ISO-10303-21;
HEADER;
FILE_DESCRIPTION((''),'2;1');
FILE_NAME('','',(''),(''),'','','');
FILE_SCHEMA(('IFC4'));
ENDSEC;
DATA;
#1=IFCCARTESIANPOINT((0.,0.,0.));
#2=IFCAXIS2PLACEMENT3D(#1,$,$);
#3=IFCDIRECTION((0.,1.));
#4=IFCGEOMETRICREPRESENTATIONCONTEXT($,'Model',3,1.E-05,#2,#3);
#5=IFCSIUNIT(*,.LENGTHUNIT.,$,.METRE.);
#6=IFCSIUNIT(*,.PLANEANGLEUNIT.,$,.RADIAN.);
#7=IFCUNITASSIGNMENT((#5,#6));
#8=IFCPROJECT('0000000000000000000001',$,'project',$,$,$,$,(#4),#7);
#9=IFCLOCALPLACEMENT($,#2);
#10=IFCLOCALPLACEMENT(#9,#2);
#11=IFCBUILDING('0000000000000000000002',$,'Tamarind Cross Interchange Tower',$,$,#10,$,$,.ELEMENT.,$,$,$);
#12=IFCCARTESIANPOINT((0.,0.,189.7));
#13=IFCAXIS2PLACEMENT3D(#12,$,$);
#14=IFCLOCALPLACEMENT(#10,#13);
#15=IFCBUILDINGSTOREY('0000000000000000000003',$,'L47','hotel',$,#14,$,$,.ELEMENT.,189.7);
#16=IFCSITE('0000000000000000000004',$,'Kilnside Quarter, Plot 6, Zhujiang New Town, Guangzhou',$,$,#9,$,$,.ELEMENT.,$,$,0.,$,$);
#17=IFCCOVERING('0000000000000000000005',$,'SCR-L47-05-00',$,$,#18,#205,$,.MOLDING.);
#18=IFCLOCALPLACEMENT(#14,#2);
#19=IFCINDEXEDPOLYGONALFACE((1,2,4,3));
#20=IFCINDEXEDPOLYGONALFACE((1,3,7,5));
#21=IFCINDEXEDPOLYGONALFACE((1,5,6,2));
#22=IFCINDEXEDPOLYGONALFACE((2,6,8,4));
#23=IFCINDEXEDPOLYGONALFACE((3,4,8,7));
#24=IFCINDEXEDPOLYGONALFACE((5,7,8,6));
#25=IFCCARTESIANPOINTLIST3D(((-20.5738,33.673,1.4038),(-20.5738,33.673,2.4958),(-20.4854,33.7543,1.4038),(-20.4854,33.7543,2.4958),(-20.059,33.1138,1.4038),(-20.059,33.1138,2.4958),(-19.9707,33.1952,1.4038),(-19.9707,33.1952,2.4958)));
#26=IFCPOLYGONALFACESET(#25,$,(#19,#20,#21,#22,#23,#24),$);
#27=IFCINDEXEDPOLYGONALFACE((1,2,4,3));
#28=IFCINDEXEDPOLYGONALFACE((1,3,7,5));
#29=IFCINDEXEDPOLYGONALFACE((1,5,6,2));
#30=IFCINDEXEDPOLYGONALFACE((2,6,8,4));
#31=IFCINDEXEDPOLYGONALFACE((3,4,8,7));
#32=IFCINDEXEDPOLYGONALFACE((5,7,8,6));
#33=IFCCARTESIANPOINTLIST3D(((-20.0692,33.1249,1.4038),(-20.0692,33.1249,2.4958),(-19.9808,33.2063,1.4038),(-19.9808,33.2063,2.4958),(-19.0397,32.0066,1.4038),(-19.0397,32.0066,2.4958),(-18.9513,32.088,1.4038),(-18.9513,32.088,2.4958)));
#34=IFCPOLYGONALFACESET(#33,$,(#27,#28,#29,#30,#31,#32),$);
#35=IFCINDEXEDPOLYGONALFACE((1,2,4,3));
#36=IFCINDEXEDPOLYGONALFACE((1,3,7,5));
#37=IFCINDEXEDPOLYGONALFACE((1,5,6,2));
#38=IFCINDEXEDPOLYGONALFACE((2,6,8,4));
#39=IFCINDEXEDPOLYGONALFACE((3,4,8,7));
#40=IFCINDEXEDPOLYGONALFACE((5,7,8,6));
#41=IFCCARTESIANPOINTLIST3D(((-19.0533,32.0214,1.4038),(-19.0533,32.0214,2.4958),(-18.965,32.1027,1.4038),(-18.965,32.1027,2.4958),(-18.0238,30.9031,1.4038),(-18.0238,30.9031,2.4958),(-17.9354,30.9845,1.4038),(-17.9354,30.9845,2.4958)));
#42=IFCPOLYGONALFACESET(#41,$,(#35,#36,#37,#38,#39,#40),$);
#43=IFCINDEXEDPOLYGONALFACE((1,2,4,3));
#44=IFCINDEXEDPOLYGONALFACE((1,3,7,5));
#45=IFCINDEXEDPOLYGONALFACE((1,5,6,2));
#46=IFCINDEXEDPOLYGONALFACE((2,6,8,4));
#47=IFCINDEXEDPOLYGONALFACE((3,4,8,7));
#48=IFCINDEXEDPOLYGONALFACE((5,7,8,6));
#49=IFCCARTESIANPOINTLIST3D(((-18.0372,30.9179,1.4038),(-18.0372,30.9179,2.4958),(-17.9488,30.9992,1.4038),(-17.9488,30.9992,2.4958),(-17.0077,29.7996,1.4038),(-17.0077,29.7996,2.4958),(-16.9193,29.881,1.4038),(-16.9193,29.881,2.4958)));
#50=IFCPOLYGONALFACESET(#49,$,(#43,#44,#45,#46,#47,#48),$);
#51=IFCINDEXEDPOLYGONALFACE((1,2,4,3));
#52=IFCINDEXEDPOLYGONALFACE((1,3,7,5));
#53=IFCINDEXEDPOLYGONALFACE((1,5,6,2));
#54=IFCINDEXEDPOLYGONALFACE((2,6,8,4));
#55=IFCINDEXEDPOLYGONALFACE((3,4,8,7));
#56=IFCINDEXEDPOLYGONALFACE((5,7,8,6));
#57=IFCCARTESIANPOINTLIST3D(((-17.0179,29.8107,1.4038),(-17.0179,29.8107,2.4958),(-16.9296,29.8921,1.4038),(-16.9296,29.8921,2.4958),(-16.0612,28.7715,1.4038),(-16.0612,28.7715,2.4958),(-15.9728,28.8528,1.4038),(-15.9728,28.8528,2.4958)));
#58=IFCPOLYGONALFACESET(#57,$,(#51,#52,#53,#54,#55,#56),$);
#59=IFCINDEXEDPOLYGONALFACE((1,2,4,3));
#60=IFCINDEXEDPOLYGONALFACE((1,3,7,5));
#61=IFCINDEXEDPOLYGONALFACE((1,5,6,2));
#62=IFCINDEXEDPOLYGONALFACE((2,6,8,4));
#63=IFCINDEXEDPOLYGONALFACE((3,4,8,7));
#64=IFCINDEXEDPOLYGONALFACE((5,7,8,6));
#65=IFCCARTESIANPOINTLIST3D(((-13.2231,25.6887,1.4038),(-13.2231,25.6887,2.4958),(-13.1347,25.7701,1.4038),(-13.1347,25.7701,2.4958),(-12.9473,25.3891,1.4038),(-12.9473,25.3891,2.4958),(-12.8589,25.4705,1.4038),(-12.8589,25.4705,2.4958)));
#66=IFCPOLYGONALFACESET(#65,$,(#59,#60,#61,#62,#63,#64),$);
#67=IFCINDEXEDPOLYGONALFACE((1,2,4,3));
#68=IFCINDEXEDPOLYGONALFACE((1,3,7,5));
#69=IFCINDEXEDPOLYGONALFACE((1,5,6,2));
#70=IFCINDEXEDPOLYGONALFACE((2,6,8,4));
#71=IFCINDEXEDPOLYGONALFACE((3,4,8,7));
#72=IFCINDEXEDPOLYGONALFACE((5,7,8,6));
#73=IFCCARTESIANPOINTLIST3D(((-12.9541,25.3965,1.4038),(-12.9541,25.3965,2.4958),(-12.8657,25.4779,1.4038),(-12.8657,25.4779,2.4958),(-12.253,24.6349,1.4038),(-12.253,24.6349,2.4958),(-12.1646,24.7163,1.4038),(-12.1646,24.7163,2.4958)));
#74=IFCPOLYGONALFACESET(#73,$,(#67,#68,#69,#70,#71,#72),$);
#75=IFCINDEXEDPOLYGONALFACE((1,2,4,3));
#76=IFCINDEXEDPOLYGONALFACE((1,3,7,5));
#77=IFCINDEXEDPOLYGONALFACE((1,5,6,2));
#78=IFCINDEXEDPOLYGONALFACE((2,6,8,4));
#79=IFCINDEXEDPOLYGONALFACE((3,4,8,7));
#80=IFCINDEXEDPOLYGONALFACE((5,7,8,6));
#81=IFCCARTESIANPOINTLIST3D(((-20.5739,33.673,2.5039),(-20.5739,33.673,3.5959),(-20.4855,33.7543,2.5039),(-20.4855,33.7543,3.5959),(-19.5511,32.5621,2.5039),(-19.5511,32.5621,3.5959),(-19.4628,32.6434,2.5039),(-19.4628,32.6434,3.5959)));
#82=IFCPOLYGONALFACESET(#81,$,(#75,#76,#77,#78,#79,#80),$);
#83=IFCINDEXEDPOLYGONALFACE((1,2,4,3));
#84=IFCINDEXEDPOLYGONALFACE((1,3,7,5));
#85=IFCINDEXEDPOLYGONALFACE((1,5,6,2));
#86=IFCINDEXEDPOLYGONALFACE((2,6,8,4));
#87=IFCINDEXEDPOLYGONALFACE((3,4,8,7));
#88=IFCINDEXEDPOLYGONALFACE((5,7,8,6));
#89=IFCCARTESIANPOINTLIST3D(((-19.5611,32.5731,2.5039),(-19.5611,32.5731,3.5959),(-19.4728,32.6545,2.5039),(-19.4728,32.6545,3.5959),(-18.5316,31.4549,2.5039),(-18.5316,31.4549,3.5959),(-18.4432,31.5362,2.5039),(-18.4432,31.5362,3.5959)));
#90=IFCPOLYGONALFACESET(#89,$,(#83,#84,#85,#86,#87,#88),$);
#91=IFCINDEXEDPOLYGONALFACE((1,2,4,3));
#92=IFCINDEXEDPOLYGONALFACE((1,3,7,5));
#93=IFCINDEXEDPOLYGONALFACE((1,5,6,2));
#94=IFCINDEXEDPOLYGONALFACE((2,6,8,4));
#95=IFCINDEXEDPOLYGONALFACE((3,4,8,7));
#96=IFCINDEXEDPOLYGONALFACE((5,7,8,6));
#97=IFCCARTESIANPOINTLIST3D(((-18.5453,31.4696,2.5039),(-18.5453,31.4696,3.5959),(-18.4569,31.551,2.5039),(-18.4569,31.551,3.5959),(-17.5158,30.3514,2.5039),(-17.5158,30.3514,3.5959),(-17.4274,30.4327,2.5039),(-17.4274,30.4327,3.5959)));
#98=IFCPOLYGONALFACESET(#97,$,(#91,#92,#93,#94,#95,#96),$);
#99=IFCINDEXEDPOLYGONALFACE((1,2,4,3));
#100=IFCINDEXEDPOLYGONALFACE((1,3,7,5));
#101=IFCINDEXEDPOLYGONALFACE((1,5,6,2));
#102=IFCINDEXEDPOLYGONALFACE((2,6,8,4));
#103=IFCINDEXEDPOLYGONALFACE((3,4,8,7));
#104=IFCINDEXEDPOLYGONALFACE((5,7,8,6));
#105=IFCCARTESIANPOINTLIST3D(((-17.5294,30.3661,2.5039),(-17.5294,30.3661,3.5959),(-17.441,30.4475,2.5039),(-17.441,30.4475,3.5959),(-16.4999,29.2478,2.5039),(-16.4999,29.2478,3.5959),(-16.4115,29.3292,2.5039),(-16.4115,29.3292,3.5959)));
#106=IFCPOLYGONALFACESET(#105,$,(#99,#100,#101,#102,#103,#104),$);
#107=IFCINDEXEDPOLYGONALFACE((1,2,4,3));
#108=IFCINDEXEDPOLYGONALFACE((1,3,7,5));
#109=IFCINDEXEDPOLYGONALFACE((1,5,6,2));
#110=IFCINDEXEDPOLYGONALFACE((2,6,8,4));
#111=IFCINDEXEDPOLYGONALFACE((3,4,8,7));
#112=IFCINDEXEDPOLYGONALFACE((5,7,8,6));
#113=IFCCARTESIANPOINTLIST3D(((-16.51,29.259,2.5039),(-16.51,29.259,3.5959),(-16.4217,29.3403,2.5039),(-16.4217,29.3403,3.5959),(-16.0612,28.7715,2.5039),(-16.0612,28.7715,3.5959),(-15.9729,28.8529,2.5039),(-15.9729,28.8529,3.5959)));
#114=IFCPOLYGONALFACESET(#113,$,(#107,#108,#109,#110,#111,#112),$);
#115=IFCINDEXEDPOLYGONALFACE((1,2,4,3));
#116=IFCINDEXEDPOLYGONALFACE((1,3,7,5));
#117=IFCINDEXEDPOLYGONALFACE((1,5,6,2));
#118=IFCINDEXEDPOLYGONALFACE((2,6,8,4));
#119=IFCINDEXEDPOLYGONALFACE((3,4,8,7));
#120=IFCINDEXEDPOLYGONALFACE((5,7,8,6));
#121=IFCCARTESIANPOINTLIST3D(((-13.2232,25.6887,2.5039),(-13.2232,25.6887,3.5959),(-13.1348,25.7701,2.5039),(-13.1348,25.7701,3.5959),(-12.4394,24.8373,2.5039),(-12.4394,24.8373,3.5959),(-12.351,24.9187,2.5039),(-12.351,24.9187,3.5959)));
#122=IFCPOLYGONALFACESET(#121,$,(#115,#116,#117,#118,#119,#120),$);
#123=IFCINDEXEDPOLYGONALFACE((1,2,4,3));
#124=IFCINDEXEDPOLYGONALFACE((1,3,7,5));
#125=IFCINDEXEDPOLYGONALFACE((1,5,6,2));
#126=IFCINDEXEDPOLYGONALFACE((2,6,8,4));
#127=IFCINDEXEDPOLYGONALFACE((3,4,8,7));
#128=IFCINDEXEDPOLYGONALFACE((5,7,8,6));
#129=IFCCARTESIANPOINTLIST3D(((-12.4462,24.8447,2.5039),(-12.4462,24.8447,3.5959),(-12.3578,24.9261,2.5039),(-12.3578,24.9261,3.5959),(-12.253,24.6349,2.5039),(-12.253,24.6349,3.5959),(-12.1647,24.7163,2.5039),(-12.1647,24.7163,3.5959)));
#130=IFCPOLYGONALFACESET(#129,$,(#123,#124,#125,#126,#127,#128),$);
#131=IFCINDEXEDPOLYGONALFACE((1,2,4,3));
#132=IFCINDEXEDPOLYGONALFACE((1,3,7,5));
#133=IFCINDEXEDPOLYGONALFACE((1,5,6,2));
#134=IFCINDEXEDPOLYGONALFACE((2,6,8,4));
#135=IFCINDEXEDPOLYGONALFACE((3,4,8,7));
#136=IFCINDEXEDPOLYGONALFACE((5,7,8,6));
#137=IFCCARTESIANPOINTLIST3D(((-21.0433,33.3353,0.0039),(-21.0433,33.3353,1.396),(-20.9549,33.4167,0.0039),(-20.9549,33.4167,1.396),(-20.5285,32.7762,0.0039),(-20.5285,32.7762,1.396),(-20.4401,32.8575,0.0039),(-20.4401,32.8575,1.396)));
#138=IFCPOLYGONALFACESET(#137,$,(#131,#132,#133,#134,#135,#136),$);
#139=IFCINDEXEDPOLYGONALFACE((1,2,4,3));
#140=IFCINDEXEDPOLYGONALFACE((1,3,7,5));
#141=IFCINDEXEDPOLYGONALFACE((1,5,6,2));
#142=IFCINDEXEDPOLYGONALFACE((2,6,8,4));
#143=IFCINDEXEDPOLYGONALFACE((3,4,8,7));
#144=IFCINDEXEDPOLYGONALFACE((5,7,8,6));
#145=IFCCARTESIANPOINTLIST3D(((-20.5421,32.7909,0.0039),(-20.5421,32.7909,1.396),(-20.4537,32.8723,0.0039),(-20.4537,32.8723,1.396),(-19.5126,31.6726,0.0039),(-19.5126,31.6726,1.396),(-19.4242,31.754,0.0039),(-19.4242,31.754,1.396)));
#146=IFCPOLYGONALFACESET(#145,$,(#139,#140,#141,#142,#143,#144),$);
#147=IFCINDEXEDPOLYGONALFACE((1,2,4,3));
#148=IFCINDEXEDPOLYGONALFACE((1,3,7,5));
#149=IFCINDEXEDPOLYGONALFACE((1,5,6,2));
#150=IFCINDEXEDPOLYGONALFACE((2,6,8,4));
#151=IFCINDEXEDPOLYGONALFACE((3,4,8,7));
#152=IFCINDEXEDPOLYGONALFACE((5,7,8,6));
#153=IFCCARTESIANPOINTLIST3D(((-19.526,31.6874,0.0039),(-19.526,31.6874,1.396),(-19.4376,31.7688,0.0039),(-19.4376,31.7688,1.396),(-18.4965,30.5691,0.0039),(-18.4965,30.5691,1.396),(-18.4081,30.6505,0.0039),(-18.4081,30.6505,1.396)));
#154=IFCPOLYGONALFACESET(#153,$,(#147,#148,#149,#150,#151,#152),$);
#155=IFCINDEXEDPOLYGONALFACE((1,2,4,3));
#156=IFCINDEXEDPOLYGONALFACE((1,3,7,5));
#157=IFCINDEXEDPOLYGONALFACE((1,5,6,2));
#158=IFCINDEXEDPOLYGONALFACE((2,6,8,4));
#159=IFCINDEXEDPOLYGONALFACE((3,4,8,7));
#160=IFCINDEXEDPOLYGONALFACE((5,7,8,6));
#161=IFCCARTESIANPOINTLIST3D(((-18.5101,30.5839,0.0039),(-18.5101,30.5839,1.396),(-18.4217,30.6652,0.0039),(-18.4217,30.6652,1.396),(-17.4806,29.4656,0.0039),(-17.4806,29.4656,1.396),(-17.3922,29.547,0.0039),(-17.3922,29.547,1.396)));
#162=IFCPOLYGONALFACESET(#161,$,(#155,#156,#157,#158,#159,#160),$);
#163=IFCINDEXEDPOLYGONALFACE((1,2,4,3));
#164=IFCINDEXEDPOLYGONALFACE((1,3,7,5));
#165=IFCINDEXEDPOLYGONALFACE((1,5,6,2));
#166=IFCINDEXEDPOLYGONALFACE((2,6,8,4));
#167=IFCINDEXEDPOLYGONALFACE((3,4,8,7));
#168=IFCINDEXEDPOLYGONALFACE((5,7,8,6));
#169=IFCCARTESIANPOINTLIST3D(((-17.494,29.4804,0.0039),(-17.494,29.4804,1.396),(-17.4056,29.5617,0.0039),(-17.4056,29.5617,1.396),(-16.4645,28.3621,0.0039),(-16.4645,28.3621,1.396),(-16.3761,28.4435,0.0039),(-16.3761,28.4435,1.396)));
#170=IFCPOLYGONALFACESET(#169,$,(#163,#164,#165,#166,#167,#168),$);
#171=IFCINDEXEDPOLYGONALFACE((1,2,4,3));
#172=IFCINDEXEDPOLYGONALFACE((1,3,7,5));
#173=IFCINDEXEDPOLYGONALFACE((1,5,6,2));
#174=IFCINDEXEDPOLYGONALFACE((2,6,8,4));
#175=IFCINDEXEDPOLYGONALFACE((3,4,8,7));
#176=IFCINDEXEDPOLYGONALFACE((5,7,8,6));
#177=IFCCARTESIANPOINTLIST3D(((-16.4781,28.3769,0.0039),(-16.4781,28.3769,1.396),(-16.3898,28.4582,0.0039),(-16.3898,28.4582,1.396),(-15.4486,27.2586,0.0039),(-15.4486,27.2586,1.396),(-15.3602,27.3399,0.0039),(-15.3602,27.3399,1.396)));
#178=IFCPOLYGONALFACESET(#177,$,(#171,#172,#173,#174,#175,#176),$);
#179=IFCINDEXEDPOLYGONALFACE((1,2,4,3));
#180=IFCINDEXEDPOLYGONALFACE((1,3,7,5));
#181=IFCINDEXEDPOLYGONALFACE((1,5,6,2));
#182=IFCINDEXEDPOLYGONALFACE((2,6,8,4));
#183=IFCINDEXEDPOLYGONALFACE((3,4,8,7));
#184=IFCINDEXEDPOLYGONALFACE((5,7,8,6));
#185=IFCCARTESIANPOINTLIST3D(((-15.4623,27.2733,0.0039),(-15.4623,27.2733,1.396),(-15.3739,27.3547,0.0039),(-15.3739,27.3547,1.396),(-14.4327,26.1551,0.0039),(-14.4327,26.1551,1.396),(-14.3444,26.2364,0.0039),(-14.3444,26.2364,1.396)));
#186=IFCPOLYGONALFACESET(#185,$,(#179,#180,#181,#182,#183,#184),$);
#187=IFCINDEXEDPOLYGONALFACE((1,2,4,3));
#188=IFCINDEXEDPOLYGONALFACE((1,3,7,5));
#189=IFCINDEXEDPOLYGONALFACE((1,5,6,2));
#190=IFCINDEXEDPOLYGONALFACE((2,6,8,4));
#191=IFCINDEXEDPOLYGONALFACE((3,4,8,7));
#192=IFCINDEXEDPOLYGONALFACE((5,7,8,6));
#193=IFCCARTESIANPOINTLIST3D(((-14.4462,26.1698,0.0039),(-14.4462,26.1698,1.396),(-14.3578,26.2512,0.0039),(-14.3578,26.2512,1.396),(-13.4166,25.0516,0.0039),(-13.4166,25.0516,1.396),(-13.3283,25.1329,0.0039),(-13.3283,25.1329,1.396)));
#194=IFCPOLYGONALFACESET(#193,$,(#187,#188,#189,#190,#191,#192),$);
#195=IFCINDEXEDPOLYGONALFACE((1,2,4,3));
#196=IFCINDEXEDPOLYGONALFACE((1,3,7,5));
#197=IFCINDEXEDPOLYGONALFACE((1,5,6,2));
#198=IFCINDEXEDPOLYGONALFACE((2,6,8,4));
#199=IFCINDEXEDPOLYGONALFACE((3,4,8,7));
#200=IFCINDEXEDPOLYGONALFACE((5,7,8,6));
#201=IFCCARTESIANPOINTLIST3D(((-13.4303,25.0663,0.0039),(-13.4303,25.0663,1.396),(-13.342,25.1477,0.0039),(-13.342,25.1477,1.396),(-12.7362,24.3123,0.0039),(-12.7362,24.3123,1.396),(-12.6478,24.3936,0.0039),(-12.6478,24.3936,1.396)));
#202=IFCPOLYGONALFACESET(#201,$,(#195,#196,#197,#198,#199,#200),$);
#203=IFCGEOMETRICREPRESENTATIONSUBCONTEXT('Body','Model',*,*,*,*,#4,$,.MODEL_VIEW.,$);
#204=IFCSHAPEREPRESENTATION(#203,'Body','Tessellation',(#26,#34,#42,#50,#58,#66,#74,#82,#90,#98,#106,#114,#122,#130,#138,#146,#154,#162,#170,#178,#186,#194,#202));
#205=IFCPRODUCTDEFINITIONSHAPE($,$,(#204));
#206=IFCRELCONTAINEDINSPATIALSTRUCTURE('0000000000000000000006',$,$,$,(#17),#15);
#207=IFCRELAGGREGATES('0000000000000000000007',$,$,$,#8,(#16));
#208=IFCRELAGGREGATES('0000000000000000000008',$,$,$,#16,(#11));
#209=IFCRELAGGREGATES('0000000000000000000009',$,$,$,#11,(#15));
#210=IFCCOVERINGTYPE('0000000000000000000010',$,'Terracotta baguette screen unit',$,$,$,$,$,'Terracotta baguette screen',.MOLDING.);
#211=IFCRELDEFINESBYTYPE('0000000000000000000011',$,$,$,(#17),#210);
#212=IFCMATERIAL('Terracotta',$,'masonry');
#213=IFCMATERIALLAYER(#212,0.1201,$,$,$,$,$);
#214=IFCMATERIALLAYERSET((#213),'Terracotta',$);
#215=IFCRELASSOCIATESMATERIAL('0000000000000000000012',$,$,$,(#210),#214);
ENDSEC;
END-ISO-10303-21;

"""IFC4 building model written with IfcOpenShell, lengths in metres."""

from ifc_helpers import new_model, si_unit, direction, frame, origin, origin_2d, place, context, subcontext, project, spatial, rectangle, extrude, material, layer, layer_set, type_object, element, save


model = new_model("IFC4")

# Units and contexts
model_context = context("Model", 3, precision=1e-05, world=origin(), true_north=direction((0.0, 1.0)))
body_context = subcontext(model_context, "Body", "Model", "MODEL_VIEW")
ifc_project = project(units=[si_unit("LENGTHUNIT", "METRE"), si_unit("PLANEANGLEUNIT", "RADIAN")], contexts=[model_context])

# Site, building, storey
site_placement = place(None, origin())
site = spatial("IfcSite", under=ifc_project, at=site_placement, Name="Kilnside Quarter, Plot 6, Zhujiang New Town, Guangzhou", CompositionType="ELEMENT", RefElevation=0.0)
building_placement = place(site_placement, origin())
building = spatial("IfcBuilding", under=site, at=building_placement, Name="Tamarind Cross Interchange Tower", CompositionType="ELEMENT")
storey_placement = place(building_placement, frame((0.0, 0.0, 189.7)))
storey = spatial("IfcBuildingStorey", under=building, at=storey_placement, Name="L47", Description="hotel", CompositionType="ELEMENT", Elevation=189.7)

# Covering
ifc_material_1 = material(Name="Terracotta", Category="masonry")
ifc_layer_1 = layer(ifc_material_1, 0.1201)
ifc_layer_set_1 = layer_set([ifc_layer_1], Name="Terracotta")
covering_type = type_object("IfcCoveringType", Name="Terracotta baguette screen unit", ElementType="Terracotta baguette screen", PredefinedType="MOLDING", material=ifc_layer_set_1)
covering_1_placement = place(storey_placement, origin())
element("IfcCovering", 1, at=covering_1_placement, inside=storey, type_object=covering_type, Name="SCR-L47-05-00", PredefinedType="MOLDING", context=body_context, shape_type="SweptSolid", body=[
    extrude(rectangle(XDim=0.76, YDim=0.1201, at=origin_2d()), frame((-20.2722, 33.4341, 1.4038), z_axis=(0.0, 0.0, 1.0), x_axis=(0.67731, -0.735697, 0.0)), (0.0, 0.0, 1.0), 1.092),
    extrude(rectangle(XDim=1.52, YDim=0.1201, at=origin_2d()), frame((-19.5103, 32.6064, 1.4038), z_axis=(0.0, 0.0, 1.0), x_axis=(0.67731, -0.735697, 0.0)), (0.0, 0.0, 1.0), 1.092),
    extrude(rectangle(XDim=1.52, YDim=0.1201, at=origin_2d()), frame((-18.4944, 31.5029, 1.4038), z_axis=(0.0, 0.0, 1.0), x_axis=(0.67731, -0.735697, 0.0)), (0.0, 0.0, 1.0), 1.092),
    extrude(rectangle(XDim=1.52, YDim=0.1201, at=origin_2d()), frame((-17.4783, 30.3994, 1.4038), z_axis=(0.0, 0.0, 1.0), x_axis=(0.67731, -0.735697, 0.0)), (0.0, 0.0, 1.0), 1.092),
    extrude(rectangle(XDim=1.4126, YDim=0.1201, at=origin_2d()), frame((-16.4954, 29.3318, 1.4038), z_axis=(0.0, 0.0, 1.0), x_axis=(0.67731, -0.735697, 0.0)), (0.0, 0.0, 1.0), 1.092),
    extrude(rectangle(XDim=0.4072, YDim=0.1201, at=origin_2d()), frame((-13.041, 25.5796, 1.4038), z_axis=(0.0, 0.0, 1.0), x_axis=(0.67731, -0.735697, 0.0)), (0.0, 0.0, 1.0), 1.092),
    extrude(rectangle(XDim=1.0352, YDim=0.1201, at=origin_2d()), frame((-12.5593, 25.0564, 1.4038), z_axis=(0.0, 0.0, 1.0), x_axis=(0.67731, -0.735697, 0.0)), (0.0, 0.0, 1.0), 1.092),
    extrude(rectangle(XDim=1.51, YDim=0.1201, at=origin_2d()), frame((-20.0183, 33.1582, 2.5039), z_axis=(0.0, 0.0, 1.0), x_axis=(0.67731, -0.735697, 0.0)), (0.0, 0.0, 1.0), 1.092),
    extrude(rectangle(XDim=1.52, YDim=0.1201, at=origin_2d()), frame((-19.0022, 32.0547, 2.5039), z_axis=(0.0, 0.0, 1.0), x_axis=(0.67731, -0.735697, 0.0)), (0.0, 0.0, 1.0), 1.092),
    extrude(rectangle(XDim=1.52, YDim=0.1201, at=origin_2d()), frame((-17.9863, 30.9512, 2.5039), z_axis=(0.0, 0.0, 1.0), x_axis=(0.67731, -0.735697, 0.0)), (0.0, 0.0, 1.0), 1.092),
    extrude(rectangle(XDim=1.52, YDim=0.1201, at=origin_2d()), frame((-16.9705, 29.8477, 2.5039), z_axis=(0.0, 0.0, 1.0), x_axis=(0.67731, -0.735697, 0.0)), (0.0, 0.0, 1.0), 1.092),
    extrude(rectangle(XDim=0.6626, YDim=0.1201, at=origin_2d()), frame((-16.2415, 29.0559, 2.5039), z_axis=(0.0, 0.0, 1.0), x_axis=(0.67731, -0.735697, 0.0)), (0.0, 0.0, 1.0), 1.092),
    extrude(rectangle(XDim=1.1572, YDim=0.1201, at=origin_2d()), frame((-12.7871, 25.3037, 2.5039), z_axis=(0.0, 0.0, 1.0), x_axis=(0.67731, -0.735697, 0.0)), (0.0, 0.0, 1.0), 1.092),
    extrude(rectangle(XDim=0.2852, YDim=0.1201, at=origin_2d()), frame((-12.3054, 24.7805, 2.5039), z_axis=(0.0, 0.0, 1.0), x_axis=(0.67731, -0.735697, 0.0)), (0.0, 0.0, 1.0), 1.092),
    extrude(rectangle(XDim=0.76, YDim=0.1201, at=origin_2d()), frame((-20.7417, 33.0964, 0.0039), z_axis=(0.0, 0.0, 1.0), x_axis=(0.67731, -0.735697, 0.0)), (0.0, 0.0, 1.0), 1.3921),
    extrude(rectangle(XDim=1.52, YDim=0.1201, at=origin_2d()), frame((-19.9832, 32.2725, 0.0039), z_axis=(0.0, 0.0, 1.0), x_axis=(0.67731, -0.735697, 0.0)), (0.0, 0.0, 1.0), 1.3921),
    extrude(rectangle(XDim=1.52, YDim=0.1201, at=origin_2d()), frame((-18.967, 31.1689, 0.0039), z_axis=(0.0, 0.0, 1.0), x_axis=(0.67731, -0.735697, 0.0)), (0.0, 0.0, 1.0), 1.3921),
    extrude(rectangle(XDim=1.52, YDim=0.1201, at=origin_2d()), frame((-17.9512, 30.0654, 0.0039), z_axis=(0.0, 0.0, 1.0), x_axis=(0.67731, -0.735697, 0.0)), (0.0, 0.0, 1.0), 1.3921),
    extrude(rectangle(XDim=1.52, YDim=0.1201, at=origin_2d()), frame((-16.9351, 28.9619, 0.0039), z_axis=(0.0, 0.0, 1.0), x_axis=(0.67731, -0.735697, 0.0)), (0.0, 0.0, 1.0), 1.3921),
    extrude(rectangle(XDim=1.52, YDim=0.1201, at=origin_2d()), frame((-15.9192, 27.8584, 0.0039), z_axis=(0.0, 0.0, 1.0), x_axis=(0.67731, -0.735697, 0.0)), (0.0, 0.0, 1.0), 1.3921),
    extrude(rectangle(XDim=1.52, YDim=0.1201, at=origin_2d()), frame((-14.9033, 26.7549, 0.0039), z_axis=(0.0, 0.0, 1.0), x_axis=(0.67731, -0.735697, 0.0)), (0.0, 0.0, 1.0), 1.3921),
    extrude(rectangle(XDim=1.52, YDim=0.1201, at=origin_2d()), frame((-13.8872, 25.6514, 0.0039), z_axis=(0.0, 0.0, 1.0), x_axis=(0.67731, -0.735697, 0.0)), (0.0, 0.0, 1.0), 1.3921),
    extrude(rectangle(XDim=1.0249, YDim=0.1201, at=origin_2d()), frame((-13.0391, 24.73, 0.0039), z_axis=(0.0, 0.0, 1.0), x_axis=(0.67731, -0.735697, 0.0)), (0.0, 0.0, 1.0), 1.3921),
])

save(model, "model.ifc")
